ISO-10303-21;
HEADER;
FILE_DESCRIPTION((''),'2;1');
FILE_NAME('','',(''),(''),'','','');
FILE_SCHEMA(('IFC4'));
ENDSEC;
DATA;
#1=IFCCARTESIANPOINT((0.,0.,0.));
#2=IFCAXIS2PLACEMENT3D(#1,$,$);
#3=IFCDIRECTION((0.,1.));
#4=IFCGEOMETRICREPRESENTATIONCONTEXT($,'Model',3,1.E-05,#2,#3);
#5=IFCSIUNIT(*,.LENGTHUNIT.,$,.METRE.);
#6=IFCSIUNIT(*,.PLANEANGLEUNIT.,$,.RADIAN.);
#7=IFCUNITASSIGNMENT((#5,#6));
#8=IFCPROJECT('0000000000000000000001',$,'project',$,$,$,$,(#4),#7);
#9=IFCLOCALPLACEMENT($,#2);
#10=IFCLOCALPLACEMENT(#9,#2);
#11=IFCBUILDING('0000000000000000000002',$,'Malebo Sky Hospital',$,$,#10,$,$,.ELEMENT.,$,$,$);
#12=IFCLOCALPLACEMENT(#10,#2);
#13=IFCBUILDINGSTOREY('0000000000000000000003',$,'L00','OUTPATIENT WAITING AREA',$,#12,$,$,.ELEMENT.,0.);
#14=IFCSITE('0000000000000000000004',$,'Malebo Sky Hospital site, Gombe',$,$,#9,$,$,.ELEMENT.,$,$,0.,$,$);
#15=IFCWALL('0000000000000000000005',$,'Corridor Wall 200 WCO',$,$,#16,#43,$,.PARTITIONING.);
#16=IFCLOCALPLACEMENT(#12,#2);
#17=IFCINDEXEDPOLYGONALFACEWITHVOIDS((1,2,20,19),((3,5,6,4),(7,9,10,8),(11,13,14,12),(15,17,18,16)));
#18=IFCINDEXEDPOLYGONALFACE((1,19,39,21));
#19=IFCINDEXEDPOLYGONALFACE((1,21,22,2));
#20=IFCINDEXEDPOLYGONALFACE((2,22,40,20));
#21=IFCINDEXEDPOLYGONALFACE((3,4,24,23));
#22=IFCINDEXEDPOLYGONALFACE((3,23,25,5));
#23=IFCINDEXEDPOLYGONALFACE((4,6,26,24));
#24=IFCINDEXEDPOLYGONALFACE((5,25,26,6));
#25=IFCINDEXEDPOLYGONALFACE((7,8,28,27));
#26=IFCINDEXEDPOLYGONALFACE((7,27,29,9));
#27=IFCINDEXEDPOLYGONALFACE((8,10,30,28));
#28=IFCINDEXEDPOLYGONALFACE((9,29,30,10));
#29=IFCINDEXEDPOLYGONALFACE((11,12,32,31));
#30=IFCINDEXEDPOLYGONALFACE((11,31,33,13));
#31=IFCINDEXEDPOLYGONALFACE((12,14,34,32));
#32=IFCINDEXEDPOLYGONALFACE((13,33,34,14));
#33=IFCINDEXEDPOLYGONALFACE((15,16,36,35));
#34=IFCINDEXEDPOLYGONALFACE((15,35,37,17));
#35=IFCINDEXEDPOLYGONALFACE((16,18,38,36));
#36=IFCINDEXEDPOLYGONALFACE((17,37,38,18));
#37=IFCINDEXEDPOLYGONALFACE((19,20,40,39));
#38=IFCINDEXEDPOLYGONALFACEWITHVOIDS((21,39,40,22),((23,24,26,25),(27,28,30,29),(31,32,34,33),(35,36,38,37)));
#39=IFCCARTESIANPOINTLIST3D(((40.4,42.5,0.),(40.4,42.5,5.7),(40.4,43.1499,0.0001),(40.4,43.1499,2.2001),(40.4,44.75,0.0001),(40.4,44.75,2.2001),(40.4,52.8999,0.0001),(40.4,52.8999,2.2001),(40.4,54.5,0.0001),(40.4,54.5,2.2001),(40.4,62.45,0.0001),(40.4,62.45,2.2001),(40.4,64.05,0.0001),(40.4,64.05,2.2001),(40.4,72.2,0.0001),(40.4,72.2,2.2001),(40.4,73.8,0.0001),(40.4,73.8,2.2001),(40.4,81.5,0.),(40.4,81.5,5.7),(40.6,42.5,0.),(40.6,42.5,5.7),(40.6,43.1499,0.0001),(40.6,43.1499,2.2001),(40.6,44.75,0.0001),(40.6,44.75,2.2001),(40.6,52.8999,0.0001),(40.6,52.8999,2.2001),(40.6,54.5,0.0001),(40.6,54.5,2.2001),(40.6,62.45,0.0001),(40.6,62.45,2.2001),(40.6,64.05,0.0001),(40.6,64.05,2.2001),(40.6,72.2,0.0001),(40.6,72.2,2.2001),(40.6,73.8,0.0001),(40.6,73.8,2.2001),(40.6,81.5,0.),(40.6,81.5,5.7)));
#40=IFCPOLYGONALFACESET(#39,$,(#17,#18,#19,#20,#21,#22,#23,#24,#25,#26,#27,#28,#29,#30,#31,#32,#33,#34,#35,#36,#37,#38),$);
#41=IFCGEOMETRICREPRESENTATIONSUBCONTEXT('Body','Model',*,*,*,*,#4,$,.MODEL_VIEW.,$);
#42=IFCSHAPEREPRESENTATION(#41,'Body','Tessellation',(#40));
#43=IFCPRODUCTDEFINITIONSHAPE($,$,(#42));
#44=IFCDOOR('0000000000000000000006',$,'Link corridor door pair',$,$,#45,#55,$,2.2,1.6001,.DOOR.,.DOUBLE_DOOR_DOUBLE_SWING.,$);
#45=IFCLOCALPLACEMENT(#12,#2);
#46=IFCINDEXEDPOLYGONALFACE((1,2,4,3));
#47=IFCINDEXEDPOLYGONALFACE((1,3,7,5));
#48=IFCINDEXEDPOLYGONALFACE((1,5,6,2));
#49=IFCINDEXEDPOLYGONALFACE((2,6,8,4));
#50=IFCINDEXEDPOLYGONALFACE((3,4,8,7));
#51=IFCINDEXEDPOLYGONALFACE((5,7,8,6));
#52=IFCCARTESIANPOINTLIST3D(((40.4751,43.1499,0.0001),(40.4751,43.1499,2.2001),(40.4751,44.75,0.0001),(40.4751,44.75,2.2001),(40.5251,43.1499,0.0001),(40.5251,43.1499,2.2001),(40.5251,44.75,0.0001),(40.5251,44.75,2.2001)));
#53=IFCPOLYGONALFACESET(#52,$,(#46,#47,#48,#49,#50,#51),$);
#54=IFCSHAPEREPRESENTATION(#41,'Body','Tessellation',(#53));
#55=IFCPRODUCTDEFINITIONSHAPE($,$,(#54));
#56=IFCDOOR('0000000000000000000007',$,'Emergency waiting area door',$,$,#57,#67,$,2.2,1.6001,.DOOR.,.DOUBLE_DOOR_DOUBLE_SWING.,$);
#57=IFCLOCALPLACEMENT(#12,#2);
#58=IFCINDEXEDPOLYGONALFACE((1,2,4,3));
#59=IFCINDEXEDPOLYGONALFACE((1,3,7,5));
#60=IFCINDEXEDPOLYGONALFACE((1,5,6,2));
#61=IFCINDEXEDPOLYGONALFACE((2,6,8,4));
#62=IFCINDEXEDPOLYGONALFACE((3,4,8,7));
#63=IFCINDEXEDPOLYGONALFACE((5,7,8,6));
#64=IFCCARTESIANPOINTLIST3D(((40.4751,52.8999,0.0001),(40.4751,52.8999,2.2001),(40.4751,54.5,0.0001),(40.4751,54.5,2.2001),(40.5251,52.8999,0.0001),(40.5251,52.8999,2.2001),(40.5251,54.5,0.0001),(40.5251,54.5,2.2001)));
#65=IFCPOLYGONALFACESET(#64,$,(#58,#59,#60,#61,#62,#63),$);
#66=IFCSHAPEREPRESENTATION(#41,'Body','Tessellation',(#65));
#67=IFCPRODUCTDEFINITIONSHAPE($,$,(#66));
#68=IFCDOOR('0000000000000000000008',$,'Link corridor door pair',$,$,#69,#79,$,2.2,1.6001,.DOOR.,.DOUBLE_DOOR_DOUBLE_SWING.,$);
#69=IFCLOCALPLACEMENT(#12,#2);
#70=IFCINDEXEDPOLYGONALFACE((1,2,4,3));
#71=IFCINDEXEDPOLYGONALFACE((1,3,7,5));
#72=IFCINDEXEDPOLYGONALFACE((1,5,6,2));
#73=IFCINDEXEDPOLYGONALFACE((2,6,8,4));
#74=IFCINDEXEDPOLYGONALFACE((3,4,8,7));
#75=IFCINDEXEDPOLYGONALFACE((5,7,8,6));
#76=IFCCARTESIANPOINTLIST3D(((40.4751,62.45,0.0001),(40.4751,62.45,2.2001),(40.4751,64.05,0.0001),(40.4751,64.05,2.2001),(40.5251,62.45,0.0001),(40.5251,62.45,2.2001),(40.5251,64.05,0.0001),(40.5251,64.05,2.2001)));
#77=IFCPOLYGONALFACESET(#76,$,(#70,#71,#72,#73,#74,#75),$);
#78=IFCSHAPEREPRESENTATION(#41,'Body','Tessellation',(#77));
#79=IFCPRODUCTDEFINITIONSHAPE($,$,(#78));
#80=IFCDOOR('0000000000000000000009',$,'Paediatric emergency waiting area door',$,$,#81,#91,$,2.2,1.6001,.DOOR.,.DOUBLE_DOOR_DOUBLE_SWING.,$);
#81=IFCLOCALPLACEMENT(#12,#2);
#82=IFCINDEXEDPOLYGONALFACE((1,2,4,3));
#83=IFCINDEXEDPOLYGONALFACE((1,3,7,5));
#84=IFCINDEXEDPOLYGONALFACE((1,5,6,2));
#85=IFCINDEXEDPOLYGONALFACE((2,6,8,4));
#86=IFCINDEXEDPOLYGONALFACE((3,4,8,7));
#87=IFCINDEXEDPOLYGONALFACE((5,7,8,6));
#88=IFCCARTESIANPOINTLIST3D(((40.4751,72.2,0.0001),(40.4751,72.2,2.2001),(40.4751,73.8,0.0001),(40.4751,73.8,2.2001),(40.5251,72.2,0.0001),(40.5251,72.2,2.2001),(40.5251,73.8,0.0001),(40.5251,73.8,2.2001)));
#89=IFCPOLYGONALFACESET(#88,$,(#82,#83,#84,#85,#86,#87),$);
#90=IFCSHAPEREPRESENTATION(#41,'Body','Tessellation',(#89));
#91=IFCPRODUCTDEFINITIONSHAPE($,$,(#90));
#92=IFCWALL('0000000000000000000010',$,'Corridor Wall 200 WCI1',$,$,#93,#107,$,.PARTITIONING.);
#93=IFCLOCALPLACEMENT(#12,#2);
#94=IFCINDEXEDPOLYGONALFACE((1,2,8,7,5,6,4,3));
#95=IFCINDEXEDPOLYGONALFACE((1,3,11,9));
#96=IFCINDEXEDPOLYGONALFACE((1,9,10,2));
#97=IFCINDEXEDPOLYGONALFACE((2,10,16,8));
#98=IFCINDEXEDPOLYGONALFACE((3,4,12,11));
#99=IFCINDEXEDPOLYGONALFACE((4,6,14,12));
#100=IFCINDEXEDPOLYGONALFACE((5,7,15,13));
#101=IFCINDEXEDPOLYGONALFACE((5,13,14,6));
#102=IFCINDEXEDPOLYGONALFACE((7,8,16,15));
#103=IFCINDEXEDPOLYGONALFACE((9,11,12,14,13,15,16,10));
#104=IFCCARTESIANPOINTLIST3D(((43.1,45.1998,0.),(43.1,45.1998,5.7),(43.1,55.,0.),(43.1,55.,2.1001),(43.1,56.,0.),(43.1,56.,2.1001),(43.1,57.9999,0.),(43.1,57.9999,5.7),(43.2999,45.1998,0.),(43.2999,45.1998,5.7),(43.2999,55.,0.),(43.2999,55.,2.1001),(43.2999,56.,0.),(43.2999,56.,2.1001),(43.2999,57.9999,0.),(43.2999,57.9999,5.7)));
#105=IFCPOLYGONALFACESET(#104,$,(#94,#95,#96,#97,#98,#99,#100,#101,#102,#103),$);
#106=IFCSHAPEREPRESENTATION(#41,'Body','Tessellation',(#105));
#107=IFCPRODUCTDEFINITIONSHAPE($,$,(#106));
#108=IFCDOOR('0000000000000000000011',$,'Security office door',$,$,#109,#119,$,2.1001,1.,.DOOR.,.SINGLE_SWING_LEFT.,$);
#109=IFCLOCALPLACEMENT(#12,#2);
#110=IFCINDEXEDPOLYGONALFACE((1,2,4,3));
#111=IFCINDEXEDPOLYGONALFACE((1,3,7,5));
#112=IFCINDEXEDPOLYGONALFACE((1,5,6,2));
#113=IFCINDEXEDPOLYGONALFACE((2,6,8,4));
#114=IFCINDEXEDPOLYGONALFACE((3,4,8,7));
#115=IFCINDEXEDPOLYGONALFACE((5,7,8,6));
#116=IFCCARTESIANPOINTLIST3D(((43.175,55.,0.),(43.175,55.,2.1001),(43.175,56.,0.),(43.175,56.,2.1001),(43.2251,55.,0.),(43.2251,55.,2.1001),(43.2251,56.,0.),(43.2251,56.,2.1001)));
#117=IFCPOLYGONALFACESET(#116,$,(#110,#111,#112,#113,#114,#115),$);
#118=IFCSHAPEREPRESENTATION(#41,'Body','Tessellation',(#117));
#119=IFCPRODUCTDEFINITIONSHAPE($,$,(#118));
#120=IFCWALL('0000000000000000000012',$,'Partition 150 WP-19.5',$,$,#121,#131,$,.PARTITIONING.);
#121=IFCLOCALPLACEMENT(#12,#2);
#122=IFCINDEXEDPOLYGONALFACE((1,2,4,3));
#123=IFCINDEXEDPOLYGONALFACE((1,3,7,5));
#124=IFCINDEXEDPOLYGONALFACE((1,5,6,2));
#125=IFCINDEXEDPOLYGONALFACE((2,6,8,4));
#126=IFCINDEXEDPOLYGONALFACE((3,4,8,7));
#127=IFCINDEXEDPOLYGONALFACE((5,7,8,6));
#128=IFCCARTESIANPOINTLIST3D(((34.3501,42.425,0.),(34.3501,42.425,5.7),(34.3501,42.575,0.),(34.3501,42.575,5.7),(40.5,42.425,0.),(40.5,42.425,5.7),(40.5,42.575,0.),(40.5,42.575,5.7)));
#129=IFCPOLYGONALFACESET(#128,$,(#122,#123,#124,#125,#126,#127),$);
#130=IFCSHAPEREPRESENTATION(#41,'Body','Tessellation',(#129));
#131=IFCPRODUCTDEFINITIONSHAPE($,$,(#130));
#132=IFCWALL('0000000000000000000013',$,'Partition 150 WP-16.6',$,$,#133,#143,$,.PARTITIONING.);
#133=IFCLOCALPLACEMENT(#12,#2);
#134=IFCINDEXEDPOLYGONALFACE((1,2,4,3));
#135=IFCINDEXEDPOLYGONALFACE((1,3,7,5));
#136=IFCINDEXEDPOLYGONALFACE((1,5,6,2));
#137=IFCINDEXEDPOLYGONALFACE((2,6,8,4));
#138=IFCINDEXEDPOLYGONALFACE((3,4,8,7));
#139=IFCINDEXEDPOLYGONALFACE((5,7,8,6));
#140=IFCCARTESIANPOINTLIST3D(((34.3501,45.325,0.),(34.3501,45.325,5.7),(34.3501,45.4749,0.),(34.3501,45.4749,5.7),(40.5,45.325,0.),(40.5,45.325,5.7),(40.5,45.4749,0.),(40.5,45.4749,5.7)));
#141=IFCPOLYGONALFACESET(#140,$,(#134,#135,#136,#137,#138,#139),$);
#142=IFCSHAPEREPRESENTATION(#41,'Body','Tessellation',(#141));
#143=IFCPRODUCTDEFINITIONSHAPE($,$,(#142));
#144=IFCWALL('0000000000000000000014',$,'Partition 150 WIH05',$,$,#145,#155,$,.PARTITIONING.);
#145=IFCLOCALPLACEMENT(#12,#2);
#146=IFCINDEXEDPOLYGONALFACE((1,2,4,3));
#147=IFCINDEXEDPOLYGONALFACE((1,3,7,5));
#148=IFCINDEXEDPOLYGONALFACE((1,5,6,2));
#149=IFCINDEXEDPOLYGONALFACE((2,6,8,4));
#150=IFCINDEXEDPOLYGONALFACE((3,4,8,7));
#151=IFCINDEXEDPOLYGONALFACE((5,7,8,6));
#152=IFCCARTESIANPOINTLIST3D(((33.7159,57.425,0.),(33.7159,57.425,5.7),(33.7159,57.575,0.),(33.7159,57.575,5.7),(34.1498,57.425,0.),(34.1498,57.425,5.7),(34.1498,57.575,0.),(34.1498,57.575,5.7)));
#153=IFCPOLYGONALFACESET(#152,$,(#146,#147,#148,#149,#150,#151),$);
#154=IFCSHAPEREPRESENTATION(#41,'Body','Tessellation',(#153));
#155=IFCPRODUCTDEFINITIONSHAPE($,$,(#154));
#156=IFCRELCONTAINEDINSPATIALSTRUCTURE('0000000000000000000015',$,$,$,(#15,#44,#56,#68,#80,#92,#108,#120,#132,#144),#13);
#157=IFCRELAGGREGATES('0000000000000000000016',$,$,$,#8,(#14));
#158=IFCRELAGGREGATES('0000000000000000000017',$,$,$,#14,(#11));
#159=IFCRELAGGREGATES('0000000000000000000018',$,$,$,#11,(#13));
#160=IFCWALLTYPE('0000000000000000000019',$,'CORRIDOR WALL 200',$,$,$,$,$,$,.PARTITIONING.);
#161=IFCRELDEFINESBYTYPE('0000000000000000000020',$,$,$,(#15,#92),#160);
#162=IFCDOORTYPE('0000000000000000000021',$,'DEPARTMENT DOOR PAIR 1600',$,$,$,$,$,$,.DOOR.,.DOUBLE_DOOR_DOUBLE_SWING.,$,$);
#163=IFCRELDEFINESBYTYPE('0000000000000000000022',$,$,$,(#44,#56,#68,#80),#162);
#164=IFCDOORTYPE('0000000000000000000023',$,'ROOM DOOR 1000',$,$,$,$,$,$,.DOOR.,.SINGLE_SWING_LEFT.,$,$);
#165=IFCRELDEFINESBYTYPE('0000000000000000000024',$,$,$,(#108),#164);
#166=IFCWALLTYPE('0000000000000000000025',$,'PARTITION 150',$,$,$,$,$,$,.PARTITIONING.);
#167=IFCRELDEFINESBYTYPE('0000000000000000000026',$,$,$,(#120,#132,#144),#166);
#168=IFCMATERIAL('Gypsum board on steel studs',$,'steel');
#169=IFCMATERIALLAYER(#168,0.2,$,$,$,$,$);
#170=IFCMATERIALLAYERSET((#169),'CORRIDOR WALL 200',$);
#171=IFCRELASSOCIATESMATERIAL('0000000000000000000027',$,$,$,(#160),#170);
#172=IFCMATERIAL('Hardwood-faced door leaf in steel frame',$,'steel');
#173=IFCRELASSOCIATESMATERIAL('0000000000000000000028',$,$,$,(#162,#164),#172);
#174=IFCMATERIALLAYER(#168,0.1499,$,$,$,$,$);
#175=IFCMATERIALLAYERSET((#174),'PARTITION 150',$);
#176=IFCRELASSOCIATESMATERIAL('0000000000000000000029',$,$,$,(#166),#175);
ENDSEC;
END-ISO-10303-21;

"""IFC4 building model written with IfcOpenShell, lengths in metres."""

from ifc_helpers import new_model, si_unit, direction, frame, frame_2d, origin, place, context, subcontext, project, spatial, rectangle, extrude, material, layer, layer_set, type_object, element, fill, save


model = new_model("IFC4")

# Units and contexts
model_context = context("Model", 3, precision=1e-05, world=origin(), true_north=direction((0.0, 1.0)))
body_context = subcontext(model_context, "Body", "Model", "MODEL_VIEW")
ifc_project = project(units=[si_unit("LENGTHUNIT", "METRE"), si_unit("PLANEANGLEUNIT", "RADIAN")], contexts=[model_context])

# Site, building, storey
site_placement = place(None, origin())
site = spatial("IfcSite", under=ifc_project, at=site_placement, Name="Malebo Sky Hospital site, Gombe", CompositionType="ELEMENT", RefElevation=0.0)
building_placement = place(site_placement, origin())
building = spatial("IfcBuilding", under=site, at=building_placement, Name="Malebo Sky Hospital", CompositionType="ELEMENT")
storey_placement = place(building_placement, origin())
storey = spatial("IfcBuildingStorey", under=building, at=storey_placement, Name="L00", Description="OUTPATIENT WAITING AREA", CompositionType="ELEMENT", Elevation=0.0)

# Wall, openings, doors
ifc_material_1 = material(Name="Gypsum board on steel studs", Category="steel")
ifc_layer_1 = layer(ifc_material_1, 0.2)
ifc_layer_set_1 = layer_set([ifc_layer_1], Name="CORRIDOR WALL 200")
wall_type_1 = type_object("IfcWallType", Name="CORRIDOR WALL 200", PredefinedType="PARTITIONING", material=ifc_layer_set_1)
wall_1_placement = place(storey_placement, frame((40.5, 42.5, 0.0), z_axis=(0.0, 0.0, 1.0), x_axis=(0.0, 1.0, 0.0)))
wall_1 = element("IfcWall", 1, at=wall_1_placement, inside=storey, type_object=wall_type_1, Name="Corridor Wall 200 WCO", PredefinedType="PARTITIONING", context=body_context, shape_type="SweptSolid", body=[
    extrude(rectangle(XDim=39.0, YDim=0.2, at=frame_2d((19.5, 0.0))), origin(), (0.0, 0.0, 1.0), 5.7),
])
opening_1_placement = place(wall_1_placement, frame((0.6499, 0.0, 0.0)))
opening_1 = element("IfcOpeningElement", 2, at=opening_1_placement, cuts=wall_1, PredefinedType="OPENING", context=body_context, shape_type="SweptSolid", body=[
    extrude(rectangle(XDim=1.6001, YDim=2.2, at=frame_2d((0.8, 1.1001))), frame((0.0, 0.1099, 0.0), z_axis=(0.0, -1.0, 0.0), x_axis=(1.0, 0.0, 0.0)), (0.0, 0.0, 1.0), 0.22),
])
opening_2_placement = place(wall_1_placement, frame((10.3999, 0.0, 0.0)))
opening_2 = element("IfcOpeningElement", 3, at=opening_2_placement, cuts=wall_1, PredefinedType="OPENING", context=body_context, shape_type="SweptSolid", body=[
    extrude(rectangle(XDim=1.6001, YDim=2.2, at=frame_2d((0.8, 1.1001))), frame((0.0, 0.1099, 0.0), z_axis=(0.0, -1.0, 0.0), x_axis=(1.0, 0.0, 0.0)), (0.0, 0.0, 1.0), 0.22),
])
opening_3_placement = place(wall_1_placement, frame((19.95, 0.0, 0.0)))
opening_3 = element("IfcOpeningElement", 4, at=opening_3_placement, cuts=wall_1, PredefinedType="OPENING", context=body_context, shape_type="SweptSolid", body=[
    extrude(rectangle(XDim=1.6001, YDim=2.2, at=frame_2d((0.8, 1.1001))), frame((0.0, 0.1099, 0.0), z_axis=(0.0, -1.0, 0.0), x_axis=(1.0, 0.0, 0.0)), (0.0, 0.0, 1.0), 0.22),
])
opening_4_placement = place(wall_1_placement, frame((29.7, 0.0, 0.0)))
opening_4 = element("IfcOpeningElement", 5, at=opening_4_placement, cuts=wall_1, PredefinedType="OPENING", context=body_context, shape_type="SweptSolid", body=[
    extrude(rectangle(XDim=1.6001, YDim=2.2, at=frame_2d((0.8, 1.1001))), frame((0.0, 0.1099, 0.0), z_axis=(0.0, -1.0, 0.0), x_axis=(1.0, 0.0, 0.0)), (0.0, 0.0, 1.0), 0.22),
])
ifc_material_2 = material(Name="Hardwood-faced door leaf in steel frame", Category="steel")
door_type_1 = type_object("IfcDoorType", Name="DEPARTMENT DOOR PAIR 1600", OperationType="DOUBLE_DOOR_DOUBLE_SWING", PredefinedType="DOOR", material=ifc_material_2)
door_1_placement = place(opening_1_placement, origin())
door_1 = element("IfcDoor", 6, at=door_1_placement, inside=storey, type_object=door_type_1, Name="Link corridor door pair", OperationType="DOUBLE_DOOR_DOUBLE_SWING", OverallHeight=2.2, OverallWidth=1.6001, PredefinedType="DOOR", context=body_context, shape_type="SweptSolid", body=[
    extrude(rectangle(XDim=1.6001, YDim=2.2, at=frame_2d((0.8, 1.1001))), frame((0.0, 0.0249, 0.0), z_axis=(0.0, -1.0, 0.0), x_axis=(1.0, 0.0, 0.0)), (0.0, 0.0, 1.0), 0.05),
])
fill(opening_1, door_1)
door_2_placement = place(opening_2_placement, origin())
door_2 = element("IfcDoor", 7, at=door_2_placement, inside=storey, type_object=door_type_1, Name="Emergency waiting area door", OperationType="DOUBLE_DOOR_DOUBLE_SWING", OverallHeight=2.2, OverallWidth=1.6001, PredefinedType="DOOR", context=body_context, shape_type="SweptSolid", body=[
    extrude(rectangle(XDim=1.6001, YDim=2.2, at=frame_2d((0.8, 1.1001))), frame((0.0, 0.0249, 0.0), z_axis=(0.0, -1.0, 0.0), x_axis=(1.0, 0.0, 0.0)), (0.0, 0.0, 1.0), 0.05),
])
fill(opening_2, door_2)
door_3_placement = place(opening_3_placement, origin())
door_3 = element("IfcDoor", 8, at=door_3_placement, inside=storey, type_object=door_type_1, Name="Link corridor door pair", OperationType="DOUBLE_DOOR_DOUBLE_SWING", OverallHeight=2.2, OverallWidth=1.6001, PredefinedType="DOOR", context=body_context, shape_type="SweptSolid", body=[
    extrude(rectangle(XDim=1.6001, YDim=2.2, at=frame_2d((0.8, 1.1001))), frame((0.0, 0.0249, 0.0), z_axis=(0.0, -1.0, 0.0), x_axis=(1.0, 0.0, 0.0)), (0.0, 0.0, 1.0), 0.05),
])
fill(opening_3, door_3)
door_4_placement = place(opening_4_placement, origin())
door_4 = element("IfcDoor", 9, at=door_4_placement, inside=storey, type_object=door_type_1, Name="Paediatric emergency waiting area door", OperationType="DOUBLE_DOOR_DOUBLE_SWING", OverallHeight=2.2, OverallWidth=1.6001, PredefinedType="DOOR", context=body_context, shape_type="SweptSolid", body=[
    extrude(rectangle(XDim=1.6001, YDim=2.2, at=frame_2d((0.8, 1.1001))), frame((0.0, 0.0249, 0.0), z_axis=(0.0, -1.0, 0.0), x_axis=(1.0, 0.0, 0.0)), (0.0, 0.0, 1.0), 0.05),
])
fill(opening_4, door_4)

# Wall, opening, door
wall_2_placement = place(storey_placement, frame((43.2, 45.2, 0.0), z_axis=(0.0, 0.0, 1.0), x_axis=(0.0, 1.0, 0.0)))
wall_2 = element("IfcWall", 10, at=wall_2_placement, inside=storey, type_object=wall_type_1, Name="Corridor Wall 200 WCI1", PredefinedType="PARTITIONING", context=body_context, shape_type="SweptSolid", body=[
    extrude(rectangle(XDim=12.8, YDim=0.2, at=frame_2d((6.3999, 0.0))), origin(), (0.0, 0.0, 1.0), 5.7),
])
opening_5_placement = place(wall_2_placement, frame((9.8, 0.0, 0.0)))
opening_5 = element("IfcOpeningElement", 11, at=opening_5_placement, cuts=wall_2, PredefinedType="OPENING", context=body_context, shape_type="SweptSolid", body=[
    extrude(rectangle(XDim=1.0, YDim=2.1001, at=frame_2d((0.5, 1.05))), frame((0.0, 0.1099, 0.0), z_axis=(0.0, -1.0, 0.0), x_axis=(1.0, 0.0, 0.0)), (0.0, 0.0, 1.0), 0.22),
])
door_type_2 = type_object("IfcDoorType", Name="ROOM DOOR 1000", OperationType="SINGLE_SWING_LEFT", PredefinedType="DOOR", material=ifc_material_2)
door_5_placement = place(opening_5_placement, origin())
door_5 = element("IfcDoor", 12, at=door_5_placement, inside=storey, type_object=door_type_2, Name="Security office door", OperationType="SINGLE_SWING_LEFT", OverallHeight=2.1001, OverallWidth=1.0, PredefinedType="DOOR", context=body_context, shape_type="SweptSolid", body=[
    extrude(rectangle(XDim=1.0, YDim=2.1001, at=frame_2d((0.5, 1.05))), frame((0.0, 0.0249, 0.0), z_axis=(0.0, -1.0, 0.0), x_axis=(1.0, 0.0, 0.0)), (0.0, 0.0, 1.0), 0.05),
])
fill(opening_5, door_5)

# Walls
ifc_layer_2 = layer(ifc_material_1, 0.1499)
ifc_layer_set_2 = layer_set([ifc_layer_2], Name="PARTITION 150")
wall_type_2 = type_object("IfcWallType", Name="PARTITION 150", PredefinedType="PARTITIONING", material=ifc_layer_set_2)
for number, where, z_axis, x_axis, name in (
    (13, (40.5, 42.5, 0.0), (0.0, 0.0, 1.0), (-1.0, 0.0, 0.0), "Partition 150 WP-19.5"),
    (14, (40.5, 45.3999, 0.0), (0.0, 0.0, 1.0), (-1.0, 0.0, 0.0), "Partition 150 WP-16.6"),
):
    element("IfcWall", number, at=place(storey_placement, frame(where, z_axis=z_axis, x_axis=x_axis)), inside=storey, type_object=wall_type_2, Name=name, PredefinedType="PARTITIONING", context=body_context, shape_type="SweptSolid", body=[
        extrude(rectangle(XDim=6.1499, YDim=0.1499, at=frame_2d((3.075, 0.0))), origin(), (0.0, 0.0, 1.0), 5.7),
    ])
wall_3_placement = place(storey_placement, frame((33.7161, 57.5, 0.0), z_axis=(0.0, 0.0, 1.0), x_axis=(1.0, 0.0, 0.0)))
element("IfcWall", 15, at=wall_3_placement, inside=storey, type_object=wall_type_2, Name="Partition 150 WIH05", PredefinedType="PARTITIONING", context=body_context, shape_type="SweptSolid", body=[
    extrude(rectangle(XDim=0.4338, YDim=0.1499, at=frame_2d((0.2168, 0.0))), origin(), (0.0, 0.0, 1.0), 5.7),
])

save(model, "model.ifc")
